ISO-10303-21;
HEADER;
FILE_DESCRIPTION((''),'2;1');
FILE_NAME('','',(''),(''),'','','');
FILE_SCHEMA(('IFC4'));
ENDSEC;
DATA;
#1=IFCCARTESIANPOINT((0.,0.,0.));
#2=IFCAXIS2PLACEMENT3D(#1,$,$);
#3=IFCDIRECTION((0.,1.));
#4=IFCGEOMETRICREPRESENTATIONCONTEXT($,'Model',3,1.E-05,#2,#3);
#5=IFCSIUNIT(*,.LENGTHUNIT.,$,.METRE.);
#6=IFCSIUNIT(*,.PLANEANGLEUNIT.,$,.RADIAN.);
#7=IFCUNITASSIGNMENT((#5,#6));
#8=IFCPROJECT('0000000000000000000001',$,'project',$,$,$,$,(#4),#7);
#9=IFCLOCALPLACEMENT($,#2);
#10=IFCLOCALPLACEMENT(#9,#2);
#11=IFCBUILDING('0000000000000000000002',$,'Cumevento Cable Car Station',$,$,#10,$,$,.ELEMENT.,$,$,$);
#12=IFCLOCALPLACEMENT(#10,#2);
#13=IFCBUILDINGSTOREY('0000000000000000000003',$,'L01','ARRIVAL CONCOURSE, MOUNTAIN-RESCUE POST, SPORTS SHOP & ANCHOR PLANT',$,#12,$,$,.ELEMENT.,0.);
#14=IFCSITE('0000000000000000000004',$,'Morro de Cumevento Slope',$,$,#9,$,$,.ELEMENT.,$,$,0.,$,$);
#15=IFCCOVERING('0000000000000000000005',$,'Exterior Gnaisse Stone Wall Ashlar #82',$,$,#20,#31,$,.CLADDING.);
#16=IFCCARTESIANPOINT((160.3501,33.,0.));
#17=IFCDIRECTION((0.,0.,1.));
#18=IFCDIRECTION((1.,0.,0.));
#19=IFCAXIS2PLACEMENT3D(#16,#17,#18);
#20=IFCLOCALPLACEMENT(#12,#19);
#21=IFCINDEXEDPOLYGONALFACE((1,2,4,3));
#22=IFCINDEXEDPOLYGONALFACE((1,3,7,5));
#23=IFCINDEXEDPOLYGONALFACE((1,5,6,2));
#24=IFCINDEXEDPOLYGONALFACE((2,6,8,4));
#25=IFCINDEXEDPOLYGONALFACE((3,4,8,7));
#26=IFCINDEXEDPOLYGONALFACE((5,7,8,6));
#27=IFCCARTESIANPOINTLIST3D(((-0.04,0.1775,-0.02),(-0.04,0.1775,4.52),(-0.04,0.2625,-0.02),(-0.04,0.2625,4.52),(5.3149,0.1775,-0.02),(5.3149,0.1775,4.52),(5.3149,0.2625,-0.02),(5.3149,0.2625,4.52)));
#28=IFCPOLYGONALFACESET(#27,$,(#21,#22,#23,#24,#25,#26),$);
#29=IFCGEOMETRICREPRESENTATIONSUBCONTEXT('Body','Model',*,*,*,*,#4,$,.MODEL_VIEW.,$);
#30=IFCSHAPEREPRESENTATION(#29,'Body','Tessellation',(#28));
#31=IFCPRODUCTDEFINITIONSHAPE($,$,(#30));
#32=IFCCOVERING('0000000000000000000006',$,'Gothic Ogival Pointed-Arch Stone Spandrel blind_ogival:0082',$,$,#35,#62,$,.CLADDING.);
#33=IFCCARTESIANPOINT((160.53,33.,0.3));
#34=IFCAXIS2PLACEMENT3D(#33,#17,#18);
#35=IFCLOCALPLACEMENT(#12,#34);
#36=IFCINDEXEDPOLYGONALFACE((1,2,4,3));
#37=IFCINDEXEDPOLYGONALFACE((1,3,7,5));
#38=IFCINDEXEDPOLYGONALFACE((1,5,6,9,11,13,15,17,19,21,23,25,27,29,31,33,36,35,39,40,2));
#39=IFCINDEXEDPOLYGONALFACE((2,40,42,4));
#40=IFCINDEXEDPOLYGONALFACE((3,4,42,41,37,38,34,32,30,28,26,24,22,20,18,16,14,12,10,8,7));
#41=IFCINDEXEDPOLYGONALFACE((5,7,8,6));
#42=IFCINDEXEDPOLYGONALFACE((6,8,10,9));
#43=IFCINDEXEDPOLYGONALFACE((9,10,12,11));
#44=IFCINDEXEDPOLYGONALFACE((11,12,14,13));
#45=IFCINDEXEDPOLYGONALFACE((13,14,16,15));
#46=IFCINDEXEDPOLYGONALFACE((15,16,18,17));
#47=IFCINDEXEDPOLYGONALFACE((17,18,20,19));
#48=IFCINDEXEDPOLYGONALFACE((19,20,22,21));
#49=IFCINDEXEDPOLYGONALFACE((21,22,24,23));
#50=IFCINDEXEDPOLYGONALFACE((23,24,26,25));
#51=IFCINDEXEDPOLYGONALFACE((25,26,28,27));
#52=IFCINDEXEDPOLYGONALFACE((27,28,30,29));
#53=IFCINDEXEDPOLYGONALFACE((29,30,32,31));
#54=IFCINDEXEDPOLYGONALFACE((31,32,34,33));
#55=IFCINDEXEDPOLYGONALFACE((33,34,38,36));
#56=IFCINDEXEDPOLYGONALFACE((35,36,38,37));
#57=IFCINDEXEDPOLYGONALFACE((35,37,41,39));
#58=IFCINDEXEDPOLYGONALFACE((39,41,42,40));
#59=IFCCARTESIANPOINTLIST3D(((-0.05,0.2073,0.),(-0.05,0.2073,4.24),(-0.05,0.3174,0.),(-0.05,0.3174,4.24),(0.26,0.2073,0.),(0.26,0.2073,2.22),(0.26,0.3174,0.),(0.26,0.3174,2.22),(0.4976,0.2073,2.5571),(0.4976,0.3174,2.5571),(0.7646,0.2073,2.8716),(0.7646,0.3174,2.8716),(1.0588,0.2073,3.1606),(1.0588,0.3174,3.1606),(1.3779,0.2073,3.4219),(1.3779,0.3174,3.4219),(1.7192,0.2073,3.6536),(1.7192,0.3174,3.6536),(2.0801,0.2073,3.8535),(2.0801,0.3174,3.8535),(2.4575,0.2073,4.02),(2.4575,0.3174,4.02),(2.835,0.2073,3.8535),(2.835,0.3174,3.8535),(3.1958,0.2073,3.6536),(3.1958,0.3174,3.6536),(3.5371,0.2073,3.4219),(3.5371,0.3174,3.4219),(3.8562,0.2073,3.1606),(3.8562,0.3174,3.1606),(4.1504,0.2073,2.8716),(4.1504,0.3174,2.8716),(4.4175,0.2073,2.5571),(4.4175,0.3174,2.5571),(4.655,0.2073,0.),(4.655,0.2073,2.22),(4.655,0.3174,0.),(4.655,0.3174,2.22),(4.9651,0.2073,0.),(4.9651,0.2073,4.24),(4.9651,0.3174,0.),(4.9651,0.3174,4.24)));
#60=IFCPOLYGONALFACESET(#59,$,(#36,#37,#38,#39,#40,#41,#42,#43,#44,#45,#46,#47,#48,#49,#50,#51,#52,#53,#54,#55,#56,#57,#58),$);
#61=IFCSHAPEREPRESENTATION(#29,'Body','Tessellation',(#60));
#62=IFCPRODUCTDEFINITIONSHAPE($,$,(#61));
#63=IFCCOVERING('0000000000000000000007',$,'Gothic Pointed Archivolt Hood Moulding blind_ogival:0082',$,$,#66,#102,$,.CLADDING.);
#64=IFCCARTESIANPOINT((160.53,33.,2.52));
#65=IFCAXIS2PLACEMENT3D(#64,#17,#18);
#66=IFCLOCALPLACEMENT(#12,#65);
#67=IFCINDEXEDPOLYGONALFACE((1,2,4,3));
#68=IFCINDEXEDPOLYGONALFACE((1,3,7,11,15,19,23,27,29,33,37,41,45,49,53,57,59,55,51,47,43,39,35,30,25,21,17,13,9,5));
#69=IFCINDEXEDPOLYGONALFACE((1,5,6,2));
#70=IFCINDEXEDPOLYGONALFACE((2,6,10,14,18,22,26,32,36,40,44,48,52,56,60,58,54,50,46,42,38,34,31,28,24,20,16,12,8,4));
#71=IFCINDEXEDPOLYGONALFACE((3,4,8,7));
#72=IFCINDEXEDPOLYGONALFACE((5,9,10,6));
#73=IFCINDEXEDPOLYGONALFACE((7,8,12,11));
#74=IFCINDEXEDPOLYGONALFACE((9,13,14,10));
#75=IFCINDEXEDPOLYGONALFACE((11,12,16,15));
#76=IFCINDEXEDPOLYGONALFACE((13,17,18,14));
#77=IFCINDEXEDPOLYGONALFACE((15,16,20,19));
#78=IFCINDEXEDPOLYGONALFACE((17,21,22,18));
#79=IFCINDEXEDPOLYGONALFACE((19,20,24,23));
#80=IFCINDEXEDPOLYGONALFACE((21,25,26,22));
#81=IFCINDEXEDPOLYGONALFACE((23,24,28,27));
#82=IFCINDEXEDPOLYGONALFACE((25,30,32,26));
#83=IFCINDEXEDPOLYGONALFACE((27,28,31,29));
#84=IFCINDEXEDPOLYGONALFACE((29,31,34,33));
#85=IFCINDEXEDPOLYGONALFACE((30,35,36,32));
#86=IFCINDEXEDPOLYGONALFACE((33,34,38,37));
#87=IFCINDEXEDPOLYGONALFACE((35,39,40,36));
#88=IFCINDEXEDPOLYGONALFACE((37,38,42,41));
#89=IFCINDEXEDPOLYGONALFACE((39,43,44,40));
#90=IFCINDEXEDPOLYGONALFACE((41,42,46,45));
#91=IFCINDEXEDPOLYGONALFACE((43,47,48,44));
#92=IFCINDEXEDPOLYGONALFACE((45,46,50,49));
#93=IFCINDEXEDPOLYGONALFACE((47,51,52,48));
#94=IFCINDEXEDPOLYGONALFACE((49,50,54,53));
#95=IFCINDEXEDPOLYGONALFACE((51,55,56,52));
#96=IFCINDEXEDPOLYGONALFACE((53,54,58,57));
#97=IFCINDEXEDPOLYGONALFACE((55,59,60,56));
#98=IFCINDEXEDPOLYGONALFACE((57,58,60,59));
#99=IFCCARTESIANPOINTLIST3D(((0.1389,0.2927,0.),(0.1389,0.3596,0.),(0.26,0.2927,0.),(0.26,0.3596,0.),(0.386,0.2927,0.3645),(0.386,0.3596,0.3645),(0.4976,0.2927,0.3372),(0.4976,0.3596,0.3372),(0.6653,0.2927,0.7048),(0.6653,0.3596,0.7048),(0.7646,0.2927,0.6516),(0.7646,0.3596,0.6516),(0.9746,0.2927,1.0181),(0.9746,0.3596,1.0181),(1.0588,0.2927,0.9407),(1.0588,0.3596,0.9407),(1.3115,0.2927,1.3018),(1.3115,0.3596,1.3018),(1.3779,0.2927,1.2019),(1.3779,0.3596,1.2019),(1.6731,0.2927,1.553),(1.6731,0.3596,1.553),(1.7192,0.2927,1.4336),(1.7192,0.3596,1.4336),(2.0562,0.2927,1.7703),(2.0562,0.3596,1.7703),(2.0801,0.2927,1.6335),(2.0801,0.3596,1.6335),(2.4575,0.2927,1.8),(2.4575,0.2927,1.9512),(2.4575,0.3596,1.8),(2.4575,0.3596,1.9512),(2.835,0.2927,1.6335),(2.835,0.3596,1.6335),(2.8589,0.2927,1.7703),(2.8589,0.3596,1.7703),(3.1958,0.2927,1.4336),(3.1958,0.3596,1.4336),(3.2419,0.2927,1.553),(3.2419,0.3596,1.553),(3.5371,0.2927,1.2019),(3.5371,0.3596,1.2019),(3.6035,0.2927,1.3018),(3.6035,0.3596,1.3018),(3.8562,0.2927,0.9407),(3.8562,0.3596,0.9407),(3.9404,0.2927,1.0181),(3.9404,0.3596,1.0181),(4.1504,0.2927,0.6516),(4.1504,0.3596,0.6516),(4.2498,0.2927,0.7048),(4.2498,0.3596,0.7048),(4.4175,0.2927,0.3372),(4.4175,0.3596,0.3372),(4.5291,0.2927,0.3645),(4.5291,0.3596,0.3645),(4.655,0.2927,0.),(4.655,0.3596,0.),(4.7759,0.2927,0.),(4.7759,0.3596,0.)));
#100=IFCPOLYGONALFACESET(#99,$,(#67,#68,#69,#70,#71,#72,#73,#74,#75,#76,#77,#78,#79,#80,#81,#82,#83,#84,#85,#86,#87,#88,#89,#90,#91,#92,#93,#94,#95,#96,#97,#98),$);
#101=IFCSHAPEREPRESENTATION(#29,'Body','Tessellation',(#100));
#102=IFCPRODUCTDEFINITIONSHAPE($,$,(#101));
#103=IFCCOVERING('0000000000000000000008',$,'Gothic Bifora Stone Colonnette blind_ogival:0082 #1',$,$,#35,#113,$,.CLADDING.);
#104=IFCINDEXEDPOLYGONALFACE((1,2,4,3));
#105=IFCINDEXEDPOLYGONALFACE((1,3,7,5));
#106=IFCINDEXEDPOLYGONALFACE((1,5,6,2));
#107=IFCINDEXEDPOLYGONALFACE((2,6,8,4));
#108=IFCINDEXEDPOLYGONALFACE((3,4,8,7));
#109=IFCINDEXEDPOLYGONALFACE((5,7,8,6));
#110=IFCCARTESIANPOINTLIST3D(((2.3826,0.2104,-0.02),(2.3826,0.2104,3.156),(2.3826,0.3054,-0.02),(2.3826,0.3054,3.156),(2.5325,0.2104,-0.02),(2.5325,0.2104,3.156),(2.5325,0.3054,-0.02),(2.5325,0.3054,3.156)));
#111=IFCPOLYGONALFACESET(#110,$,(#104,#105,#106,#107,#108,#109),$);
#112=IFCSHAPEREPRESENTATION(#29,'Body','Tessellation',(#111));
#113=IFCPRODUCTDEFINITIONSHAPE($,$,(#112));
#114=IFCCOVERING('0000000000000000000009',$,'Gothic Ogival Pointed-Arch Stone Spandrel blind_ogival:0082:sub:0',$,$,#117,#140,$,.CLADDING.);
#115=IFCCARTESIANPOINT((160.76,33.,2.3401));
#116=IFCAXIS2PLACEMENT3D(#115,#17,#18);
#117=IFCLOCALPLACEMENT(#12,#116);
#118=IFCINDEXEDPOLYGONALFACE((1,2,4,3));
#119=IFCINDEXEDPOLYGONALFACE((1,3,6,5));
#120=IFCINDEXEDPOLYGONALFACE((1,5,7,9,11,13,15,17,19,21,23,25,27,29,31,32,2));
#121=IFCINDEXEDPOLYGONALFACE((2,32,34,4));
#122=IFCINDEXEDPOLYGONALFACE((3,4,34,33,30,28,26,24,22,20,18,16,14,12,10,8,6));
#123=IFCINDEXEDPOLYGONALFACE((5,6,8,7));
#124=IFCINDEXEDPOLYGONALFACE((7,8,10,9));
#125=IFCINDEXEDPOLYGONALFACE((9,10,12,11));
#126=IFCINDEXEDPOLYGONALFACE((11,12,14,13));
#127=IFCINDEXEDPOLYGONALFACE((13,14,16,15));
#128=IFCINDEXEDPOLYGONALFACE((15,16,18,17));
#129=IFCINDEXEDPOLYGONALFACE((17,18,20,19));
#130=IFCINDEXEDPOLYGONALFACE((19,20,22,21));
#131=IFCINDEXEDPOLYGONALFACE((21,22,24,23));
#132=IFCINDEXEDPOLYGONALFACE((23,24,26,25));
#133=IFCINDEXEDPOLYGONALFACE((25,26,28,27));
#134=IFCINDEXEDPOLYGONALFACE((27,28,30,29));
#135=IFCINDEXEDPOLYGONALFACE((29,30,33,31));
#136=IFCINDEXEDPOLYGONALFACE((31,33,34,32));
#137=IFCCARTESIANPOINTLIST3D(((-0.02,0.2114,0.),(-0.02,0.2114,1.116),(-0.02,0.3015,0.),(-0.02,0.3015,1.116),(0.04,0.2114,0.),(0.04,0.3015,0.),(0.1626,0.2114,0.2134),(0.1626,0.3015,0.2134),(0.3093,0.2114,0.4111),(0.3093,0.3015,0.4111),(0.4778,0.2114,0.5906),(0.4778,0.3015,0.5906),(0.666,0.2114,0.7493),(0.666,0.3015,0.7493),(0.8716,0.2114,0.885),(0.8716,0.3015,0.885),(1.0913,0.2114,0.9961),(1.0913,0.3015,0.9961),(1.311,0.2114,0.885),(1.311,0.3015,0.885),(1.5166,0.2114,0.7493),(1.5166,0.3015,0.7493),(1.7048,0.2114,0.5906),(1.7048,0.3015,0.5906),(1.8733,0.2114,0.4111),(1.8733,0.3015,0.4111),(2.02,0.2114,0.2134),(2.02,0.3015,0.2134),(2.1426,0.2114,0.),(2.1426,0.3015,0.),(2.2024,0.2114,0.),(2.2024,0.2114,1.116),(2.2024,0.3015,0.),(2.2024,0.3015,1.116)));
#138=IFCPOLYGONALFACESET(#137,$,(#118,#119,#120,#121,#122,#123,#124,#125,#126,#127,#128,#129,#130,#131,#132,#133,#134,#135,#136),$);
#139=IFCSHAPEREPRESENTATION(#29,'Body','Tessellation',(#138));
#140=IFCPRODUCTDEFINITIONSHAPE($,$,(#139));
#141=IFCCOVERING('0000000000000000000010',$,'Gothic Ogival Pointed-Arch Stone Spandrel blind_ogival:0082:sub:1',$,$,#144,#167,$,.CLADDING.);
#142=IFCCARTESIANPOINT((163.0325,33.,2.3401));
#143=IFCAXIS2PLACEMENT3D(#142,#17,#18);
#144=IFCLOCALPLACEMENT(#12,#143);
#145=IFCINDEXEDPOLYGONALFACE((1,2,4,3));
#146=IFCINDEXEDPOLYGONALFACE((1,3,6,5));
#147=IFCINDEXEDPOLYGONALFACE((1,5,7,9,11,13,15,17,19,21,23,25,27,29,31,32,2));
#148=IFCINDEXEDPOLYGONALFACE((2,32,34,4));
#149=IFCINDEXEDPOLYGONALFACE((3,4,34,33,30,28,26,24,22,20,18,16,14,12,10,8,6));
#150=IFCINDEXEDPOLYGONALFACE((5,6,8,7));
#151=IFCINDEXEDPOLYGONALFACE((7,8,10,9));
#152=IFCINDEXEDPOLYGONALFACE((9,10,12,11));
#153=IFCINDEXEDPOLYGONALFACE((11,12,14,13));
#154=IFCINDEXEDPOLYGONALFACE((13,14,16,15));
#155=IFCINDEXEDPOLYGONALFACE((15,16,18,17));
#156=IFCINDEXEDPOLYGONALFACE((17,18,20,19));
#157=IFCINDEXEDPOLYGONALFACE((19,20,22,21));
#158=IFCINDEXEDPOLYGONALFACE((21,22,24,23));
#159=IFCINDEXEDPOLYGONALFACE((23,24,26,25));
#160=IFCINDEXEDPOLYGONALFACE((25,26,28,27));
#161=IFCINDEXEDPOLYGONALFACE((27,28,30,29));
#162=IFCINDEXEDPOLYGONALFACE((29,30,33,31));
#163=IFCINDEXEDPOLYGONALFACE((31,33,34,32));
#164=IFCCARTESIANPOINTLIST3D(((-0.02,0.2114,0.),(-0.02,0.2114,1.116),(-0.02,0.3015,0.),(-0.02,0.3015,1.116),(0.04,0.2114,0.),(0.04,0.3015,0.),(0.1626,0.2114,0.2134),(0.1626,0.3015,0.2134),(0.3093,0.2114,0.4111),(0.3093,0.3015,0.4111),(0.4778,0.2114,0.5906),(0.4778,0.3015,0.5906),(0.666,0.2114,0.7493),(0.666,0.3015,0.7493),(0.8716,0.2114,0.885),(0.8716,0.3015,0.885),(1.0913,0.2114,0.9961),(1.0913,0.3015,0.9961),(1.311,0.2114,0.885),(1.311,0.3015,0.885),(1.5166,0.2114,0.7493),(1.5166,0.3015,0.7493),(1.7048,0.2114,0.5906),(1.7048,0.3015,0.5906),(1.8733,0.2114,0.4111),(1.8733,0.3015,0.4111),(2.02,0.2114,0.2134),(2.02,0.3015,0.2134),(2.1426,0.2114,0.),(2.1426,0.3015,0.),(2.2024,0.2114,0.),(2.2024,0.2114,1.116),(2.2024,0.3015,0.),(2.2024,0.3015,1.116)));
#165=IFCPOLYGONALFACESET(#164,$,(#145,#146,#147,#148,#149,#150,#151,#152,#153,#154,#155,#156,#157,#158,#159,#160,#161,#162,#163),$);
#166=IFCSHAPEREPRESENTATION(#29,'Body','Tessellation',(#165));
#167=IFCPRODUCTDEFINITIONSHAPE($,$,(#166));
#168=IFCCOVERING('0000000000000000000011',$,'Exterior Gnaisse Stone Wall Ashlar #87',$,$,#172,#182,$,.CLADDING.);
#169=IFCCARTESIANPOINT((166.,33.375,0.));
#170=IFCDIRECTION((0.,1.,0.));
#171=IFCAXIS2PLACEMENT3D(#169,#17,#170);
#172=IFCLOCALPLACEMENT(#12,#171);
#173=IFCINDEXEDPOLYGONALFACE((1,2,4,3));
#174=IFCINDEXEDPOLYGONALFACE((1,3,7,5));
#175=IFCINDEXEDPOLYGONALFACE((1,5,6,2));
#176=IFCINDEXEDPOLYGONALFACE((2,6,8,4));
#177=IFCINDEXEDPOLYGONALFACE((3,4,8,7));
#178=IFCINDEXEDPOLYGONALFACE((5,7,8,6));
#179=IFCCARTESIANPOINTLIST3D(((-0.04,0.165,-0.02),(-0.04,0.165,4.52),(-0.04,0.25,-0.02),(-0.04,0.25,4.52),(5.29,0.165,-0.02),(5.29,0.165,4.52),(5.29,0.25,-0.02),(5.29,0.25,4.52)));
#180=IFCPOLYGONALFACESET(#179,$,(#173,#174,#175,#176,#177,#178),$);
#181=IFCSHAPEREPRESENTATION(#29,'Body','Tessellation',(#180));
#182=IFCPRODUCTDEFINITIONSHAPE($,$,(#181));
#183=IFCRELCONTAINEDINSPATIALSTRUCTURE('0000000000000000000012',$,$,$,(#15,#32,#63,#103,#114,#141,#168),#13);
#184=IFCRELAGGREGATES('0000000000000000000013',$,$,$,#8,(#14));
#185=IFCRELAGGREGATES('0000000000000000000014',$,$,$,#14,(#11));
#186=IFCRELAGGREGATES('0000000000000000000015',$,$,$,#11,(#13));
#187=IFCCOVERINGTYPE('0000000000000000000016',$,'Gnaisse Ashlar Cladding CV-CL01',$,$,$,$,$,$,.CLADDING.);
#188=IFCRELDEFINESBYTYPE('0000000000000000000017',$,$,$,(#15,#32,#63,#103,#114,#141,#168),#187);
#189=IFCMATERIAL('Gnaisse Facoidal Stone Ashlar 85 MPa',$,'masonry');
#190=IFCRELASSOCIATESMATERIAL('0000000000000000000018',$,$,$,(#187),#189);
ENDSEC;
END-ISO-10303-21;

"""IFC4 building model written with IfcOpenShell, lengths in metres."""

from ifc_helpers import new_model, si_unit, direction, frame, origin, place, context, subcontext, project, spatial, polyline, outline, extrude, material, type_object, element, save


model = new_model("IFC4")

# Units and contexts
model_context = context("Model", 3, precision=1e-05, world=origin(), true_north=direction((0.0, 1.0)))
body_context = subcontext(model_context, "Body", "Model", "MODEL_VIEW")
ifc_project = project(units=[si_unit("LENGTHUNIT", "METRE"), si_unit("PLANEANGLEUNIT", "RADIAN")], contexts=[model_context])

# Site, building, storey
site_placement = place(None, origin())
site = spatial("IfcSite", under=ifc_project, at=site_placement, Name="Morro de Cumevento Slope", CompositionType="ELEMENT", RefElevation=0.0)
building_placement = place(site_placement, origin())
building = spatial("IfcBuilding", under=site, at=building_placement, Name="Cumevento Cable Car Station", CompositionType="ELEMENT")
storey_placement = place(building_placement, origin())
storey = spatial("IfcBuildingStorey", under=building, at=storey_placement, Name="L01", Description="ARRIVAL CONCOURSE, MOUNTAIN-RESCUE POST, SPORTS SHOP & ANCHOR PLANT", CompositionType="ELEMENT", Elevation=0.0)

# Coverings
ifc_material_1 = material(Name="Gnaisse Facoidal Stone Ashlar 85 MPa", Category="masonry")
covering_type = type_object("IfcCoveringType", Name="Gnaisse Ashlar Cladding CV-CL01", PredefinedType="CLADDING", material=ifc_material_1)
covering_1_placement = place(storey_placement, frame((160.3501, 33.0, 0.0), z_axis=(0.0, 0.0, 1.0), x_axis=(1.0, 0.0, 0.0)))
element("IfcCovering", 1, at=covering_1_placement, inside=storey, type_object=covering_type, Name="Exterior Gnaisse Stone Wall Ashlar #82", PredefinedType="CLADDING", context=body_context, shape_type="SweptSolid", body=[
    extrude(outline(polyline([(-0.04, -0.02), (5.3149, -0.02), (5.3149, 4.52), (-0.04, 4.52), (-0.04, -0.02)])), frame((0.0, 0.2625, 0.0), z_axis=(0.0, -1.0, 0.0), x_axis=(1.0, 0.0, 0.0)), (0.0, 0.0, 1.0), 0.085),
])
placement_1 = place(storey_placement, frame((160.53, 33.0, 0.3), z_axis=(0.0, 0.0, 1.0), x_axis=(1.0, 0.0, 0.0)))
element("IfcCovering", 2, at=placement_1, inside=storey, type_object=covering_type, Name="Gothic Ogival Pointed-Arch Stone Spandrel blind_ogival:0082", PredefinedType="CLADDING", context=body_context, shape_type="SweptSolid", body=[
    extrude(outline(polyline([(-0.05, 0.0), (-0.05, 4.24), (4.9651, 4.24), (4.9651, 0.0), (4.655, 0.0), (4.655, 2.22), (4.4175, 2.5571), (4.1504, 2.8716), (3.8562, 3.1606), (3.5371, 3.4219), (3.1958, 3.6536), (2.835, 3.8535), (2.4575, 4.02), (2.0801, 3.8535), (1.7192, 3.6536), (1.3779, 3.4219), (1.0588, 3.1606), (0.7646, 2.8716), (0.4976, 2.5571), (0.26, 2.22), (0.26, 0.0), (-0.05, 0.0)])), frame((0.0, 0.3174, 0.0), z_axis=(0.0, -1.0, 0.0), x_axis=(1.0, 0.0, 0.0)), (0.0, 0.0, 1.0), 0.1101),
])
covering_2_placement = place(storey_placement, frame((160.53, 33.0, 2.52), z_axis=(0.0, 0.0, 1.0), x_axis=(1.0, 0.0, 0.0)))
element("IfcCovering", 3, at=covering_2_placement, inside=storey, type_object=covering_type, Name="Gothic Pointed Archivolt Hood Moulding blind_ogival:0082", PredefinedType="CLADDING", context=body_context, shape_type="SweptSolid", body=[
    extrude(outline(polyline([(0.26, 0.0), (0.4976, 0.3372), (0.7646, 0.6516), (1.0588, 0.9407), (1.3779, 1.2019), (1.7192, 1.4336), (2.0801, 1.6335), (2.4575, 1.8), (2.835, 1.6335), (3.1958, 1.4336), (3.5371, 1.2019), (3.8562, 0.9407), (4.1504, 0.6516), (4.4175, 0.3372), (4.655, 0.0), (4.7759, 0.0), (4.5291, 0.3645), (4.2498, 0.7048), (3.9404, 1.0181), (3.6035, 1.3018), (3.2419, 1.553), (2.8589, 1.7703), (2.4575, 1.9512), (2.0562, 1.7703), (1.6731, 1.553), (1.3115, 1.3018), (0.9746, 1.0181), (0.6653, 0.7048), (0.386, 0.3645), (0.1389, 0.0), (0.26, 0.0)])), frame((0.0, 0.3596, 0.0), z_axis=(0.0, -1.0, 0.0), x_axis=(1.0, 0.0, 0.0)), (0.0, 0.0, 1.0), 0.0669),
])
element("IfcCovering", 4, at=placement_1, inside=storey, type_object=covering_type, Name="Gothic Bifora Stone Colonnette blind_ogival:0082 #1", PredefinedType="CLADDING", context=body_context, shape_type="SweptSolid", body=[
    extrude(outline(polyline([(2.3826, -0.02), (2.5325, -0.02), (2.5325, 3.156), (2.3826, 3.156), (2.3826, -0.02)])), frame((0.0, 0.3054, 0.0), z_axis=(0.0, -1.0, 0.0), x_axis=(1.0, 0.0, 0.0)), (0.0, 0.0, 1.0), 0.095),
])
for number, where, z_axis, x_axis, name in (
    (5, (160.76, 33.0, 2.3401), (0.0, 0.0, 1.0), (1.0, 0.0, 0.0), "Gothic Ogival Pointed-Arch Stone Spandrel blind_ogival:0082:sub:0"),
    (6, (163.0325, 33.0, 2.3401), (0.0, 0.0, 1.0), (1.0, 0.0, 0.0), "Gothic Ogival Pointed-Arch Stone Spandrel blind_ogival:0082:sub:1"),
):
    element("IfcCovering", number, at=place(storey_placement, frame(where, z_axis=z_axis, x_axis=x_axis)), inside=storey, type_object=covering_type, Name=name, PredefinedType="CLADDING", context=body_context, shape_type="SweptSolid", body=[
        extrude(outline(polyline([(-0.02, 0.0), (-0.02, 1.116), (2.2024, 1.116), (2.2024, 0.0), (2.1426, 0.0), (2.02, 0.2134), (1.8733, 0.4111), (1.7048, 0.5906), (1.5166, 0.7493), (1.311, 0.885), (1.0913, 0.9961), (0.8716, 0.885), (0.666, 0.7493), (0.4778, 0.5906), (0.3093, 0.4111), (0.1626, 0.2134), (0.04, 0.0), (-0.02, 0.0)])), frame((0.0, 0.3015, 0.0), z_axis=(0.0, -1.0, 0.0), x_axis=(1.0, 0.0, 0.0)), (0.0, 0.0, 1.0), 0.0901),
    ])
covering_3_placement = place(storey_placement, frame((166.0, 33.375, 0.0), z_axis=(0.0, 0.0, 1.0), x_axis=(0.0, 1.0, 0.0)))
element("IfcCovering", 7, at=covering_3_placement, inside=storey, type_object=covering_type, Name="Exterior Gnaisse Stone Wall Ashlar #87", PredefinedType="CLADDING", context=body_context, shape_type="SweptSolid", body=[
    extrude(outline(polyline([(-0.04, -0.02), (5.29, -0.02), (5.29, 4.52), (-0.04, 4.52), (-0.04, -0.02)])), frame((0.0, 0.25, 0.0), z_axis=(0.0, -1.0, 0.0), x_axis=(1.0, 0.0, 0.0)), (0.0, 0.0, 1.0), 0.085),
])

save(model, "model.ifc")
